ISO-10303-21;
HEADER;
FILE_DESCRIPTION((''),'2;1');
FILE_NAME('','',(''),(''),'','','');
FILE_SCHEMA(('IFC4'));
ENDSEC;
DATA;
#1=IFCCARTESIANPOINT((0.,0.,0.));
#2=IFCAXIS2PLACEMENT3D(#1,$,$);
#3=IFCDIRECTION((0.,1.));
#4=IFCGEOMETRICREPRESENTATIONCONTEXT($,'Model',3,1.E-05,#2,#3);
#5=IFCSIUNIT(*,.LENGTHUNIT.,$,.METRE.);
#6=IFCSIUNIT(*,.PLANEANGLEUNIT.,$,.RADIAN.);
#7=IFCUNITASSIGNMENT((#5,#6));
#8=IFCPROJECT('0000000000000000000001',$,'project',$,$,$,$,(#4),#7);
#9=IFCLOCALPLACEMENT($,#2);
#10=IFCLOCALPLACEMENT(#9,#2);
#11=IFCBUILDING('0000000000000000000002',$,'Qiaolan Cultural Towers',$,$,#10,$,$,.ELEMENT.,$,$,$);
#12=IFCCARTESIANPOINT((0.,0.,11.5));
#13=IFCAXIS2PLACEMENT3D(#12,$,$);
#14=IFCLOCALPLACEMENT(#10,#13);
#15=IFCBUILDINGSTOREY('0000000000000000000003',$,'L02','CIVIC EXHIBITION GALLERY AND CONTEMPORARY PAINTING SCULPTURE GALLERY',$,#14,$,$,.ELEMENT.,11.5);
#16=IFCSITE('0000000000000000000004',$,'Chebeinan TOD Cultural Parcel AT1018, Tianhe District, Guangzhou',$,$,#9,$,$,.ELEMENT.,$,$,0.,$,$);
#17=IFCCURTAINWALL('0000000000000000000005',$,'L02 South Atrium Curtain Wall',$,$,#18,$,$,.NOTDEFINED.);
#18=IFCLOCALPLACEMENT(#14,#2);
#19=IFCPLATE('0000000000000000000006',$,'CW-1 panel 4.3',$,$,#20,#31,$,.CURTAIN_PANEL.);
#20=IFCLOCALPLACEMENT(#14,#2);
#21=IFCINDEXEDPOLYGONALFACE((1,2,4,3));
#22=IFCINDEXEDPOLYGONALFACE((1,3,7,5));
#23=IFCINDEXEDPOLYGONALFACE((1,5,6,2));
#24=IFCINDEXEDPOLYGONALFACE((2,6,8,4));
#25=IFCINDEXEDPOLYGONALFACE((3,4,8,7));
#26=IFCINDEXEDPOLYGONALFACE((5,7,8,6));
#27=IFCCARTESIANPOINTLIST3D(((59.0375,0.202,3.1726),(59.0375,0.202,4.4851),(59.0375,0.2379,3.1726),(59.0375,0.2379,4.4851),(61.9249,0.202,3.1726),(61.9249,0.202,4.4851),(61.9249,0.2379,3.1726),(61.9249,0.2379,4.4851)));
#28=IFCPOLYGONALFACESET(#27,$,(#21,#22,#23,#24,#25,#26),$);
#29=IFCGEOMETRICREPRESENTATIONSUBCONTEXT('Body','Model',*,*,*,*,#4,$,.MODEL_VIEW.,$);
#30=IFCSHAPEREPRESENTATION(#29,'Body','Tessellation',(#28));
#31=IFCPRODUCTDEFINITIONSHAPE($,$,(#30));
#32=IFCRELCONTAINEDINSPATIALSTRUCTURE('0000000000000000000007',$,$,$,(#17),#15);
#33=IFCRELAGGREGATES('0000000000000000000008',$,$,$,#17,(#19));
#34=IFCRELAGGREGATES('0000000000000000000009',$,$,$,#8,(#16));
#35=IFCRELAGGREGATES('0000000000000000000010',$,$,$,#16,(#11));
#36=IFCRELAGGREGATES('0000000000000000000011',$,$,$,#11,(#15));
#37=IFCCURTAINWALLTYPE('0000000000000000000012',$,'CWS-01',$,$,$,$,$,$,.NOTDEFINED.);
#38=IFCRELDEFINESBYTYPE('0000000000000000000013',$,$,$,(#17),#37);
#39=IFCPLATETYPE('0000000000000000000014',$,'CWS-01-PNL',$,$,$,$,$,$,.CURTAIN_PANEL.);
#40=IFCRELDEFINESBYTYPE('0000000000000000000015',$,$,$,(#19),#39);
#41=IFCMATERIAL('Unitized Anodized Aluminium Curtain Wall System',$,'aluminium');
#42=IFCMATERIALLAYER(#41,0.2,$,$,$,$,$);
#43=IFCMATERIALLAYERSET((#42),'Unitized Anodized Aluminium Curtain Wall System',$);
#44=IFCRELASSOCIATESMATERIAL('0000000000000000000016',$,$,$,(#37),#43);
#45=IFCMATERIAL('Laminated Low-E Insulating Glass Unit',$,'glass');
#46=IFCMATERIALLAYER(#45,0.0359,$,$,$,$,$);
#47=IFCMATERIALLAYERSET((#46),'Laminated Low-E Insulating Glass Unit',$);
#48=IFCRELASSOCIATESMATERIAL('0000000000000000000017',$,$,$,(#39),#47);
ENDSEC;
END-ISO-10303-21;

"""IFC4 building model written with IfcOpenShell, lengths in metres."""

from ifc_helpers import new_model, si_unit, direction, frame, origin, origin_2d, place, context, subcontext, project, spatial, rectangle, extrude, material, layer, layer_set, type_object, element, aggregate, save


model = new_model("IFC4")

# Units and contexts
model_context = context("Model", 3, precision=1e-05, world=origin(), true_north=direction((0.0, 1.0)))
body_context = subcontext(model_context, "Body", "Model", "MODEL_VIEW")
ifc_project = project(units=[si_unit("LENGTHUNIT", "METRE"), si_unit("PLANEANGLEUNIT", "RADIAN")], contexts=[model_context])

# Site, building, storey
site_placement = place(None, origin())
site = spatial("IfcSite", under=ifc_project, at=site_placement, Name="Chebeinan TOD Cultural Parcel AT1018, Tianhe District, Guangzhou", CompositionType="ELEMENT", RefElevation=0.0)
building_placement = place(site_placement, origin())
building = spatial("IfcBuilding", under=site, at=building_placement, Name="Qiaolan Cultural Towers", CompositionType="ELEMENT")
storey_placement = place(building_placement, frame((0.0, 0.0, 11.5)))
storey = spatial("IfcBuildingStorey", under=building, at=storey_placement, Name="L02", Description="CIVIC EXHIBITION GALLERY AND CONTEMPORARY PAINTING SCULPTURE GALLERY", CompositionType="ELEMENT", Elevation=11.5)

# Curtain wall, plate
ifc_material_1 = material(Name="Unitized Anodized Aluminium Curtain Wall System", Category="aluminium")
ifc_layer_1 = layer(ifc_material_1, 0.2)
ifc_layer_set_1 = layer_set([ifc_layer_1], Name="Unitized Anodized Aluminium Curtain Wall System")
curtain_wall_type = type_object("IfcCurtainWallType", Name="CWS-01", PredefinedType="NOTDEFINED", material=ifc_layer_set_1)
curtain_wall_placement = place(storey_placement, origin())
curtain_wall = element("IfcCurtainWall", 1, at=curtain_wall_placement, inside=storey, type_object=curtain_wall_type, Name="L02 South Atrium Curtain Wall", PredefinedType="NOTDEFINED")
ifc_material_2 = material(Name="Laminated Low-E Insulating Glass Unit", Category="glass")
ifc_layer_2 = layer(ifc_material_2, 0.0359)
ifc_layer_set_2 = layer_set([ifc_layer_2], Name="Laminated Low-E Insulating Glass Unit")
plate_type = type_object("IfcPlateType", Name="CWS-01-PNL", PredefinedType="CURTAIN_PANEL", material=ifc_layer_set_2)
plate_1_placement = place(storey_placement, frame((60.4812, 0.22, 3.1726), z_axis=(0.0, 0.0, 1.0), x_axis=(1.0, 0.0, 0.0)))
plate_1 = element("IfcPlate", 2, at=plate_1_placement, type_object=plate_type, Name="CW-1 panel 4.3", PredefinedType="CURTAIN_PANEL", context=body_context, shape_type="SweptSolid", body=[
    extrude(rectangle(XDim=2.8875, YDim=0.0359, at=origin_2d()), origin(), (0.0, 0.0, 1.0), 1.3125),
])
aggregate(curtain_wall, [plate_1])

save(model, "model.ifc")
